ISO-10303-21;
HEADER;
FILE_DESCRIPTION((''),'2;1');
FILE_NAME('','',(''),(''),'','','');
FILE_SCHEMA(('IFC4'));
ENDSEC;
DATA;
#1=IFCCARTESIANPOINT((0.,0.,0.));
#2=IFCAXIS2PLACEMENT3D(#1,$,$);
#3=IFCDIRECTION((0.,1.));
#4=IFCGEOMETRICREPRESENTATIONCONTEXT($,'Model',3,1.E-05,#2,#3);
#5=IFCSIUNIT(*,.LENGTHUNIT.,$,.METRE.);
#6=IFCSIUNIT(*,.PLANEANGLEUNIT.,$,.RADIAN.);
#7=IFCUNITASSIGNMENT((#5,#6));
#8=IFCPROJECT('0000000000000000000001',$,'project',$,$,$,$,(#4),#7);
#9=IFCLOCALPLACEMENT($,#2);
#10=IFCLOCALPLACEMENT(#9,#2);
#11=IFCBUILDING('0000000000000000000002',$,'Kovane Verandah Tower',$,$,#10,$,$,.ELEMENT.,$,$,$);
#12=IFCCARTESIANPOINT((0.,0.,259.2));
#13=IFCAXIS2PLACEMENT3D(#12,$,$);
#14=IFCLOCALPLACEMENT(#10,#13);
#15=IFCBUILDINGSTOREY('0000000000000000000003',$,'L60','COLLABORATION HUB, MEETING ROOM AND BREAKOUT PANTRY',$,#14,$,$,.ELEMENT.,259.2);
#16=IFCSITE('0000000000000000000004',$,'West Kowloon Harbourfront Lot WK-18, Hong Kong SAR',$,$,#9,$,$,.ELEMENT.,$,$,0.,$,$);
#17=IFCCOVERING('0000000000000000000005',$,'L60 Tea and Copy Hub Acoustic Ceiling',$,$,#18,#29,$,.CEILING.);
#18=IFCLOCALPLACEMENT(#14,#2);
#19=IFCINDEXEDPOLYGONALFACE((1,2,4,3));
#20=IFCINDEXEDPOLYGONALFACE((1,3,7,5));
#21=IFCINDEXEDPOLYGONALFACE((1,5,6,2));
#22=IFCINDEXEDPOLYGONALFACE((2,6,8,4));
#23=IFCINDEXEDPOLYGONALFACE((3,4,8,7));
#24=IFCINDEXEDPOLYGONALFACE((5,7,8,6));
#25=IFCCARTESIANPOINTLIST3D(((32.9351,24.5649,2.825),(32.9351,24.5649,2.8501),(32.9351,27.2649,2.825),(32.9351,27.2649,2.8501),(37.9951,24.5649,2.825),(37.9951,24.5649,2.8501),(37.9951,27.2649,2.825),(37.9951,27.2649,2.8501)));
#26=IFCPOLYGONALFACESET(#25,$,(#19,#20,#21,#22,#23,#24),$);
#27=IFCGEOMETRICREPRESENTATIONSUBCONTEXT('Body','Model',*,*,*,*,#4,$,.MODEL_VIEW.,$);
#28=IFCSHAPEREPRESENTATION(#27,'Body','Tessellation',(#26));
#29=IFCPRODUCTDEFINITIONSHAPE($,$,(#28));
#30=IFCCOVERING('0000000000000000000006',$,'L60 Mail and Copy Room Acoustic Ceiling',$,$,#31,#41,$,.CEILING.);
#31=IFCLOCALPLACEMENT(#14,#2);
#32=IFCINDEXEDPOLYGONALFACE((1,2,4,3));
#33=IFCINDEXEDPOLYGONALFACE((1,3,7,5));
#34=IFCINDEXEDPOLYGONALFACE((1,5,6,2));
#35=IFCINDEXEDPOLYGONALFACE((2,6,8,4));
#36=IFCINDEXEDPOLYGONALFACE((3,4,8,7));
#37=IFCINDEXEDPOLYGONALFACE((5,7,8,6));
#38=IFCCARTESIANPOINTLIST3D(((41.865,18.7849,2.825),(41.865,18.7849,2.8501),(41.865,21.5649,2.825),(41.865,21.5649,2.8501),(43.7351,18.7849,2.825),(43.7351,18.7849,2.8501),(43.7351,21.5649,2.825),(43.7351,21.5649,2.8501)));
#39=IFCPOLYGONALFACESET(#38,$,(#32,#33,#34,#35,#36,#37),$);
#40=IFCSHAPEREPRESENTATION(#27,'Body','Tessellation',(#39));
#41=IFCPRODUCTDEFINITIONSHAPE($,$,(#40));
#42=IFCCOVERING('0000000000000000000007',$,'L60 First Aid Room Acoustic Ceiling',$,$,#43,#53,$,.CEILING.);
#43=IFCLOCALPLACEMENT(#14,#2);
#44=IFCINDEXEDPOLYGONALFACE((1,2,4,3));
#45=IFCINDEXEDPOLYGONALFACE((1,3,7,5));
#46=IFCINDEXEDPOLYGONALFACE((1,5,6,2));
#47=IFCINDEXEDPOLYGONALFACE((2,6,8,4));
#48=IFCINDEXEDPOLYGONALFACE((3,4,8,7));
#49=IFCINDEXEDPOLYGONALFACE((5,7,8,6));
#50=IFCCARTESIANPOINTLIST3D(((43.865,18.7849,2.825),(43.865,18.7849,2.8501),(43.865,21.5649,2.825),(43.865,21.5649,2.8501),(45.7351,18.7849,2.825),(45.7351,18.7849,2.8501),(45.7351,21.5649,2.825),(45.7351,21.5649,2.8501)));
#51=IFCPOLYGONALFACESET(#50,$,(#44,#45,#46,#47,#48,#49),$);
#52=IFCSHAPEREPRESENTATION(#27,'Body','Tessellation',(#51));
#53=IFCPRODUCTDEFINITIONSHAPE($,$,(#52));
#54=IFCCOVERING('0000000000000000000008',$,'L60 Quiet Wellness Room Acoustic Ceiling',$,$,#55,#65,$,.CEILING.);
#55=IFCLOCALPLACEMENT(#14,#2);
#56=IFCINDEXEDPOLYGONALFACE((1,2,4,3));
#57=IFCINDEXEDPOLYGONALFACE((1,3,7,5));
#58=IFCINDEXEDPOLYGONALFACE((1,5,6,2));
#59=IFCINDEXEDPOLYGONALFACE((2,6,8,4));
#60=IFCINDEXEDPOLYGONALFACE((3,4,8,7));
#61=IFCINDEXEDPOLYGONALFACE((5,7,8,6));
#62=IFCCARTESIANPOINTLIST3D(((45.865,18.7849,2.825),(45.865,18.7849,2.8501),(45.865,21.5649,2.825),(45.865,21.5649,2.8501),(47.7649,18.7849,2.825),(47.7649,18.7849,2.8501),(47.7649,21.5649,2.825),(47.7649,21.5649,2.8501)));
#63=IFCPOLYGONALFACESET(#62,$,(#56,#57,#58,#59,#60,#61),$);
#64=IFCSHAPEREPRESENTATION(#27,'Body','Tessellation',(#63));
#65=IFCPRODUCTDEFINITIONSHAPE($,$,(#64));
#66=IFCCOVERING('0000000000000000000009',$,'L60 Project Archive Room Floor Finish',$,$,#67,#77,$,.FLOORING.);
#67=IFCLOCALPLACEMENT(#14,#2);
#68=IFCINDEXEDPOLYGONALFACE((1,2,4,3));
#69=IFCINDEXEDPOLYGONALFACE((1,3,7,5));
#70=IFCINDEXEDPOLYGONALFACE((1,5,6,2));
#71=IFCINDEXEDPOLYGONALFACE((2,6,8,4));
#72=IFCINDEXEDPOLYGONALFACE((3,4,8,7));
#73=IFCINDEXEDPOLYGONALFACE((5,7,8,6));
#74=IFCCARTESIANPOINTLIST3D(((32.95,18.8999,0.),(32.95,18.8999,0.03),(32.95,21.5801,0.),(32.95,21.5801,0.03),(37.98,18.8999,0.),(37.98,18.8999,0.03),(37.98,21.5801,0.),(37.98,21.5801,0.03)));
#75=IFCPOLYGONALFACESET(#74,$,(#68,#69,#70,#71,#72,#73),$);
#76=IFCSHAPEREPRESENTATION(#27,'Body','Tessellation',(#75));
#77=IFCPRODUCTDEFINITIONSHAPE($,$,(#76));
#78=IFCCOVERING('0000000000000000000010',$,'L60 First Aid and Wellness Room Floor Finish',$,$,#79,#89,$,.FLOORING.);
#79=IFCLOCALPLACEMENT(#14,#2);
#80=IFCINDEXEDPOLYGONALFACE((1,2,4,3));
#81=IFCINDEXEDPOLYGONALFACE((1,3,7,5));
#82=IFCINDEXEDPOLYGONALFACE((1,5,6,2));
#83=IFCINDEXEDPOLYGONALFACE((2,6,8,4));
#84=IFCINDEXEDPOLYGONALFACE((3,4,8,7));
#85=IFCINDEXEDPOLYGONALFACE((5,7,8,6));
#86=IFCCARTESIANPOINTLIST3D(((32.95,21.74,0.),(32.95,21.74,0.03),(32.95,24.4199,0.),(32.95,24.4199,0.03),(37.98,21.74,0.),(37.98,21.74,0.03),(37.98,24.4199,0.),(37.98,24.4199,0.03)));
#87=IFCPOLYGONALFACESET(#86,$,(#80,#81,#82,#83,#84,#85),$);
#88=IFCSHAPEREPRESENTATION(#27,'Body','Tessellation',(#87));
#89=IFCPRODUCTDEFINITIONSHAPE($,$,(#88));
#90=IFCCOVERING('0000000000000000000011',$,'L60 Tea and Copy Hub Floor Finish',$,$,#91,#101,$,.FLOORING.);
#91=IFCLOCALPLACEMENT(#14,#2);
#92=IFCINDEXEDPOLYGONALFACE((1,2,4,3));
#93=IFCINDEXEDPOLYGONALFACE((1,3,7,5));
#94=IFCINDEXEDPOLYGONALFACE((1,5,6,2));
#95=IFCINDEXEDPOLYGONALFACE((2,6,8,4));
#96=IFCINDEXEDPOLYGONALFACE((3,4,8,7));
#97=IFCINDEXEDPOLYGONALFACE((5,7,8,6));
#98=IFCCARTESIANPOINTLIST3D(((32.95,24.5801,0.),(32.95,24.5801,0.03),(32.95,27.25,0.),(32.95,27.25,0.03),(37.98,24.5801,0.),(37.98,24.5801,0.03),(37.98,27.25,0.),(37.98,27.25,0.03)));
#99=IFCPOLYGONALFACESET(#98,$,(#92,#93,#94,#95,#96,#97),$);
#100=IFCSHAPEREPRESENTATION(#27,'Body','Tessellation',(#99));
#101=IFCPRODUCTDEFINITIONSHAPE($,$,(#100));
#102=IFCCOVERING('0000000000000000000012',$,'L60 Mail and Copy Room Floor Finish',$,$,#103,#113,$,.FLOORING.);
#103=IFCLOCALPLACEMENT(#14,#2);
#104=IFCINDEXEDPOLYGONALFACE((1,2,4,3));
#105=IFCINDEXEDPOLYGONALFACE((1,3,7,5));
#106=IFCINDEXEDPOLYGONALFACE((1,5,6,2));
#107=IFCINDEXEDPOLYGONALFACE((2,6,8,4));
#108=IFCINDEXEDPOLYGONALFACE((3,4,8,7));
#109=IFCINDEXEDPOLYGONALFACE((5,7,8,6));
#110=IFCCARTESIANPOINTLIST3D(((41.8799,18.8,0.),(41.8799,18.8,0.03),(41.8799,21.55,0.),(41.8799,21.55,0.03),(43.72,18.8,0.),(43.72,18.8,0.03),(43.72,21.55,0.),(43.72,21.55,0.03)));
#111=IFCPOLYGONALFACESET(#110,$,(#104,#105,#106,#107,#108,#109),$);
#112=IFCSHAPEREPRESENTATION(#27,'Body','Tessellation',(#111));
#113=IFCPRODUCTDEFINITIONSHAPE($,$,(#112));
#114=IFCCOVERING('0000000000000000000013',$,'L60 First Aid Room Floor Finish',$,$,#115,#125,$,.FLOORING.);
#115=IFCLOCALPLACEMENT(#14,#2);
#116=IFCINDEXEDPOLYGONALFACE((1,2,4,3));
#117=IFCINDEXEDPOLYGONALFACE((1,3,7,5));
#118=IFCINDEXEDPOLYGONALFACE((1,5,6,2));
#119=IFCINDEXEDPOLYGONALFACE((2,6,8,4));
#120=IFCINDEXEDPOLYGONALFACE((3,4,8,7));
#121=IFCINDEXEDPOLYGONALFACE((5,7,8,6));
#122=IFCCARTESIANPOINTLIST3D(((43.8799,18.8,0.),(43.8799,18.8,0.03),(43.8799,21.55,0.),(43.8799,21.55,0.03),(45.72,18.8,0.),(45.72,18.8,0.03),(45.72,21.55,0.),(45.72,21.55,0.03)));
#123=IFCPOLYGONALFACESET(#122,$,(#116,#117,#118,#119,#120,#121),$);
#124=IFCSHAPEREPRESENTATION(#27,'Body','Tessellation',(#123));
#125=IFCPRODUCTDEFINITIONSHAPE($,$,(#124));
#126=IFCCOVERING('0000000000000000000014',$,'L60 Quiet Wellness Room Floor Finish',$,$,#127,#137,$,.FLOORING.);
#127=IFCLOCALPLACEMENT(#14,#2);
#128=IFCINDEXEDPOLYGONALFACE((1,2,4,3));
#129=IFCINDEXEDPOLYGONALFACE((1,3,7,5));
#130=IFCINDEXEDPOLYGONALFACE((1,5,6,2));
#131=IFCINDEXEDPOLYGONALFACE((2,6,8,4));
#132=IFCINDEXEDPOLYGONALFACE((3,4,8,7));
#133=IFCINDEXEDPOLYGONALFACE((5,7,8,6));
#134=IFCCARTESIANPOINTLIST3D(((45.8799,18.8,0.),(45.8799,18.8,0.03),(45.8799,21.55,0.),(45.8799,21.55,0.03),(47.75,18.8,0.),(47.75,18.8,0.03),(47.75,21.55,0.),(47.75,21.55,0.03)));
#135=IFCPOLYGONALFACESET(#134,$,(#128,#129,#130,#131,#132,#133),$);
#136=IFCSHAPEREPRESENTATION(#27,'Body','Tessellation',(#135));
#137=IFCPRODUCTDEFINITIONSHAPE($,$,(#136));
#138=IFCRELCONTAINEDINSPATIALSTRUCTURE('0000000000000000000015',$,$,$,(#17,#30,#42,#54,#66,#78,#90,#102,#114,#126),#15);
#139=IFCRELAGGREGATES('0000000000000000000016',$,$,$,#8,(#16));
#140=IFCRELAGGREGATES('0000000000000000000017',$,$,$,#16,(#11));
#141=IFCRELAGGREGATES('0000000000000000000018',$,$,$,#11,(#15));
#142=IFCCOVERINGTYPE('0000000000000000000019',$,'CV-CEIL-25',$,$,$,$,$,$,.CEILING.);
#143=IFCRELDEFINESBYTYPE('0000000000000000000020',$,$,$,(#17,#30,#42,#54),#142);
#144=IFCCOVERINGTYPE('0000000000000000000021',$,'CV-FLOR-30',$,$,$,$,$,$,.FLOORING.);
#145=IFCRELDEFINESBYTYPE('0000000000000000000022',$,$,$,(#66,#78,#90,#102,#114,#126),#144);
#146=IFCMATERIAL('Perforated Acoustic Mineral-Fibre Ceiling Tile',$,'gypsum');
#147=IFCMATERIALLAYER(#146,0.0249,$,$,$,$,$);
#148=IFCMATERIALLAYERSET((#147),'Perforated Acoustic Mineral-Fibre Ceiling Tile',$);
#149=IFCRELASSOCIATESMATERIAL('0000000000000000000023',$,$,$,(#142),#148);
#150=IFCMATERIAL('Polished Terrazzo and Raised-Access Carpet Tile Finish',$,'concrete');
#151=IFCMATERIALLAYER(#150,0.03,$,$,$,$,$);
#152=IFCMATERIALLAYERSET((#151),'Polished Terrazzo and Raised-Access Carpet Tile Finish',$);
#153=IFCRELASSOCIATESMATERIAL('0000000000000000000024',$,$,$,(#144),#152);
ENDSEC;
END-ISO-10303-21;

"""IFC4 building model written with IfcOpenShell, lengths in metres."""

from ifc_helpers import new_model, si_unit, direction, frame, origin, place, context, subcontext, project, spatial, polyline, outline, extrude, material, layer, layer_set, type_object, element, save


model = new_model("IFC4")

# Units and contexts
model_context = context("Model", 3, precision=1e-05, world=origin(), true_north=direction((0.0, 1.0)))
body_context = subcontext(model_context, "Body", "Model", "MODEL_VIEW")
ifc_project = project(units=[si_unit("LENGTHUNIT", "METRE"), si_unit("PLANEANGLEUNIT", "RADIAN")], contexts=[model_context])

# Site, building, storey
site_placement = place(None, origin())
site = spatial("IfcSite", under=ifc_project, at=site_placement, Name="West Kowloon Harbourfront Lot WK-18, Hong Kong SAR", CompositionType="ELEMENT", RefElevation=0.0)
building_placement = place(site_placement, origin())
building = spatial("IfcBuilding", under=site, at=building_placement, Name="Kovane Verandah Tower", CompositionType="ELEMENT")
storey_placement = place(building_placement, frame((0.0, 0.0, 259.2)))
storey = spatial("IfcBuildingStorey", under=building, at=storey_placement, Name="L60", Description="COLLABORATION HUB, MEETING ROOM AND BREAKOUT PANTRY", CompositionType="ELEMENT", Elevation=259.2)

# Coverings
ifc_material_1 = material(Name="Perforated Acoustic Mineral-Fibre Ceiling Tile", Category="gypsum")
ifc_layer_1 = layer(ifc_material_1, 0.0249)
ifc_layer_set_1 = layer_set([ifc_layer_1], Name="Perforated Acoustic Mineral-Fibre Ceiling Tile")
covering_type_1 = type_object("IfcCoveringType", Name="CV-CEIL-25", PredefinedType="CEILING", material=ifc_layer_set_1)
covering_1_placement = place(storey_placement, frame((0.0, 0.0, 2.825)))
element("IfcCovering", 1, at=covering_1_placement, inside=storey, type_object=covering_type_1, Name="L60 Tea and Copy Hub Acoustic Ceiling", PredefinedType="CEILING", context=body_context, shape_type="SweptSolid", body=[
    extrude(outline(polyline([(32.9351, 24.5649), (37.9951, 24.5649), (37.9951, 27.2649), (32.9351, 27.2649), (32.9351, 24.5649)])), origin(), (0.0, 0.0, 1.0), 0.0251),
])
covering_2_placement = place(storey_placement, frame((0.0, 0.0, 2.825)))
element("IfcCovering", 2, at=covering_2_placement, inside=storey, type_object=covering_type_1, Name="L60 Mail and Copy Room Acoustic Ceiling", PredefinedType="CEILING", context=body_context, shape_type="SweptSolid", body=[
    extrude(outline(polyline([(41.865, 18.7849), (43.7351, 18.7849), (43.7351, 21.5649), (41.865, 21.5649), (41.865, 18.7849)])), origin(), (0.0, 0.0, 1.0), 0.0251),
])
covering_3_placement = place(storey_placement, frame((0.0, 0.0, 2.825)))
element("IfcCovering", 3, at=covering_3_placement, inside=storey, type_object=covering_type_1, Name="L60 First Aid Room Acoustic Ceiling", PredefinedType="CEILING", context=body_context, shape_type="SweptSolid", body=[
    extrude(outline(polyline([(43.865, 18.7849), (45.7351, 18.7849), (45.7351, 21.5649), (43.865, 21.5649), (43.865, 18.7849)])), origin(), (0.0, 0.0, 1.0), 0.0251),
])
covering_4_placement = place(storey_placement, frame((0.0, 0.0, 2.825)))
element("IfcCovering", 4, at=covering_4_placement, inside=storey, type_object=covering_type_1, Name="L60 Quiet Wellness Room Acoustic Ceiling", PredefinedType="CEILING", context=body_context, shape_type="SweptSolid", body=[
    extrude(outline(polyline([(45.865, 18.7849), (47.7649, 18.7849), (47.7649, 21.5649), (45.865, 21.5649), (45.865, 18.7849)])), origin(), (0.0, 0.0, 1.0), 0.0251),
])
ifc_material_2 = material(Name="Polished Terrazzo and Raised-Access Carpet Tile Finish", Category="concrete")
ifc_layer_2 = layer(ifc_material_2, 0.03)
ifc_layer_set_2 = layer_set([ifc_layer_2], Name="Polished Terrazzo and Raised-Access Carpet Tile Finish")
covering_type_2 = type_object("IfcCoveringType", Name="CV-FLOR-30", PredefinedType="FLOORING", material=ifc_layer_set_2)
covering_5_placement = place(storey_placement, origin())
element("IfcCovering", 5, at=covering_5_placement, inside=storey, type_object=covering_type_2, Name="L60 Project Archive Room Floor Finish", PredefinedType="FLOORING", context=body_context, shape_type="SweptSolid", body=[
    extrude(outline(polyline([(32.95, 18.8999), (37.98, 18.8999), (37.98, 21.5801), (32.95, 21.5801), (32.95, 18.8999)])), origin(), (0.0, 0.0, 1.0), 0.03),
])
covering_6_placement = place(storey_placement, origin())
element("IfcCovering", 6, at=covering_6_placement, inside=storey, type_object=covering_type_2, Name="L60 First Aid and Wellness Room Floor Finish", PredefinedType="FLOORING", context=body_context, shape_type="SweptSolid", body=[
    extrude(outline(polyline([(32.95, 21.74), (37.98, 21.74), (37.98, 24.4199), (32.95, 24.4199), (32.95, 21.74)])), origin(), (0.0, 0.0, 1.0), 0.03),
])
covering_7_placement = place(storey_placement, origin())
element("IfcCovering", 7, at=covering_7_placement, inside=storey, type_object=covering_type_2, Name="L60 Tea and Copy Hub Floor Finish", PredefinedType="FLOORING", context=body_context, shape_type="SweptSolid", body=[
    extrude(outline(polyline([(32.95, 24.5801), (37.98, 24.5801), (37.98, 27.25), (32.95, 27.25), (32.95, 24.5801)])), origin(), (0.0, 0.0, 1.0), 0.03),
])
covering_8_placement = place(storey_placement, origin())
element("IfcCovering", 8, at=covering_8_placement, inside=storey, type_object=covering_type_2, Name="L60 Mail and Copy Room Floor Finish", PredefinedType="FLOORING", context=body_context, shape_type="SweptSolid", body=[
    extrude(outline(polyline([(41.8799, 18.8), (43.72, 18.8), (43.72, 21.55), (41.8799, 21.55), (41.8799, 18.8)])), origin(), (0.0, 0.0, 1.0), 0.03),
])
covering_9_placement = place(storey_placement, origin())
element("IfcCovering", 9, at=covering_9_placement, inside=storey, type_object=covering_type_2, Name="L60 First Aid Room Floor Finish", PredefinedType="FLOORING", context=body_context, shape_type="SweptSolid", body=[
    extrude(outline(polyline([(43.8799, 18.8), (45.72, 18.8), (45.72, 21.55), (43.8799, 21.55), (43.8799, 18.8)])), origin(), (0.0, 0.0, 1.0), 0.03),
])
covering_10_placement = place(storey_placement, origin())
element("IfcCovering", 10, at=covering_10_placement, inside=storey, type_object=covering_type_2, Name="L60 Quiet Wellness Room Floor Finish", PredefinedType="FLOORING", context=body_context, shape_type="SweptSolid", body=[
    extrude(outline(polyline([(45.8799, 18.8), (47.75, 18.8), (47.75, 21.55), (45.8799, 21.55), (45.8799, 18.8)])), origin(), (0.0, 0.0, 1.0), 0.03),
])

save(model, "model.ifc")
